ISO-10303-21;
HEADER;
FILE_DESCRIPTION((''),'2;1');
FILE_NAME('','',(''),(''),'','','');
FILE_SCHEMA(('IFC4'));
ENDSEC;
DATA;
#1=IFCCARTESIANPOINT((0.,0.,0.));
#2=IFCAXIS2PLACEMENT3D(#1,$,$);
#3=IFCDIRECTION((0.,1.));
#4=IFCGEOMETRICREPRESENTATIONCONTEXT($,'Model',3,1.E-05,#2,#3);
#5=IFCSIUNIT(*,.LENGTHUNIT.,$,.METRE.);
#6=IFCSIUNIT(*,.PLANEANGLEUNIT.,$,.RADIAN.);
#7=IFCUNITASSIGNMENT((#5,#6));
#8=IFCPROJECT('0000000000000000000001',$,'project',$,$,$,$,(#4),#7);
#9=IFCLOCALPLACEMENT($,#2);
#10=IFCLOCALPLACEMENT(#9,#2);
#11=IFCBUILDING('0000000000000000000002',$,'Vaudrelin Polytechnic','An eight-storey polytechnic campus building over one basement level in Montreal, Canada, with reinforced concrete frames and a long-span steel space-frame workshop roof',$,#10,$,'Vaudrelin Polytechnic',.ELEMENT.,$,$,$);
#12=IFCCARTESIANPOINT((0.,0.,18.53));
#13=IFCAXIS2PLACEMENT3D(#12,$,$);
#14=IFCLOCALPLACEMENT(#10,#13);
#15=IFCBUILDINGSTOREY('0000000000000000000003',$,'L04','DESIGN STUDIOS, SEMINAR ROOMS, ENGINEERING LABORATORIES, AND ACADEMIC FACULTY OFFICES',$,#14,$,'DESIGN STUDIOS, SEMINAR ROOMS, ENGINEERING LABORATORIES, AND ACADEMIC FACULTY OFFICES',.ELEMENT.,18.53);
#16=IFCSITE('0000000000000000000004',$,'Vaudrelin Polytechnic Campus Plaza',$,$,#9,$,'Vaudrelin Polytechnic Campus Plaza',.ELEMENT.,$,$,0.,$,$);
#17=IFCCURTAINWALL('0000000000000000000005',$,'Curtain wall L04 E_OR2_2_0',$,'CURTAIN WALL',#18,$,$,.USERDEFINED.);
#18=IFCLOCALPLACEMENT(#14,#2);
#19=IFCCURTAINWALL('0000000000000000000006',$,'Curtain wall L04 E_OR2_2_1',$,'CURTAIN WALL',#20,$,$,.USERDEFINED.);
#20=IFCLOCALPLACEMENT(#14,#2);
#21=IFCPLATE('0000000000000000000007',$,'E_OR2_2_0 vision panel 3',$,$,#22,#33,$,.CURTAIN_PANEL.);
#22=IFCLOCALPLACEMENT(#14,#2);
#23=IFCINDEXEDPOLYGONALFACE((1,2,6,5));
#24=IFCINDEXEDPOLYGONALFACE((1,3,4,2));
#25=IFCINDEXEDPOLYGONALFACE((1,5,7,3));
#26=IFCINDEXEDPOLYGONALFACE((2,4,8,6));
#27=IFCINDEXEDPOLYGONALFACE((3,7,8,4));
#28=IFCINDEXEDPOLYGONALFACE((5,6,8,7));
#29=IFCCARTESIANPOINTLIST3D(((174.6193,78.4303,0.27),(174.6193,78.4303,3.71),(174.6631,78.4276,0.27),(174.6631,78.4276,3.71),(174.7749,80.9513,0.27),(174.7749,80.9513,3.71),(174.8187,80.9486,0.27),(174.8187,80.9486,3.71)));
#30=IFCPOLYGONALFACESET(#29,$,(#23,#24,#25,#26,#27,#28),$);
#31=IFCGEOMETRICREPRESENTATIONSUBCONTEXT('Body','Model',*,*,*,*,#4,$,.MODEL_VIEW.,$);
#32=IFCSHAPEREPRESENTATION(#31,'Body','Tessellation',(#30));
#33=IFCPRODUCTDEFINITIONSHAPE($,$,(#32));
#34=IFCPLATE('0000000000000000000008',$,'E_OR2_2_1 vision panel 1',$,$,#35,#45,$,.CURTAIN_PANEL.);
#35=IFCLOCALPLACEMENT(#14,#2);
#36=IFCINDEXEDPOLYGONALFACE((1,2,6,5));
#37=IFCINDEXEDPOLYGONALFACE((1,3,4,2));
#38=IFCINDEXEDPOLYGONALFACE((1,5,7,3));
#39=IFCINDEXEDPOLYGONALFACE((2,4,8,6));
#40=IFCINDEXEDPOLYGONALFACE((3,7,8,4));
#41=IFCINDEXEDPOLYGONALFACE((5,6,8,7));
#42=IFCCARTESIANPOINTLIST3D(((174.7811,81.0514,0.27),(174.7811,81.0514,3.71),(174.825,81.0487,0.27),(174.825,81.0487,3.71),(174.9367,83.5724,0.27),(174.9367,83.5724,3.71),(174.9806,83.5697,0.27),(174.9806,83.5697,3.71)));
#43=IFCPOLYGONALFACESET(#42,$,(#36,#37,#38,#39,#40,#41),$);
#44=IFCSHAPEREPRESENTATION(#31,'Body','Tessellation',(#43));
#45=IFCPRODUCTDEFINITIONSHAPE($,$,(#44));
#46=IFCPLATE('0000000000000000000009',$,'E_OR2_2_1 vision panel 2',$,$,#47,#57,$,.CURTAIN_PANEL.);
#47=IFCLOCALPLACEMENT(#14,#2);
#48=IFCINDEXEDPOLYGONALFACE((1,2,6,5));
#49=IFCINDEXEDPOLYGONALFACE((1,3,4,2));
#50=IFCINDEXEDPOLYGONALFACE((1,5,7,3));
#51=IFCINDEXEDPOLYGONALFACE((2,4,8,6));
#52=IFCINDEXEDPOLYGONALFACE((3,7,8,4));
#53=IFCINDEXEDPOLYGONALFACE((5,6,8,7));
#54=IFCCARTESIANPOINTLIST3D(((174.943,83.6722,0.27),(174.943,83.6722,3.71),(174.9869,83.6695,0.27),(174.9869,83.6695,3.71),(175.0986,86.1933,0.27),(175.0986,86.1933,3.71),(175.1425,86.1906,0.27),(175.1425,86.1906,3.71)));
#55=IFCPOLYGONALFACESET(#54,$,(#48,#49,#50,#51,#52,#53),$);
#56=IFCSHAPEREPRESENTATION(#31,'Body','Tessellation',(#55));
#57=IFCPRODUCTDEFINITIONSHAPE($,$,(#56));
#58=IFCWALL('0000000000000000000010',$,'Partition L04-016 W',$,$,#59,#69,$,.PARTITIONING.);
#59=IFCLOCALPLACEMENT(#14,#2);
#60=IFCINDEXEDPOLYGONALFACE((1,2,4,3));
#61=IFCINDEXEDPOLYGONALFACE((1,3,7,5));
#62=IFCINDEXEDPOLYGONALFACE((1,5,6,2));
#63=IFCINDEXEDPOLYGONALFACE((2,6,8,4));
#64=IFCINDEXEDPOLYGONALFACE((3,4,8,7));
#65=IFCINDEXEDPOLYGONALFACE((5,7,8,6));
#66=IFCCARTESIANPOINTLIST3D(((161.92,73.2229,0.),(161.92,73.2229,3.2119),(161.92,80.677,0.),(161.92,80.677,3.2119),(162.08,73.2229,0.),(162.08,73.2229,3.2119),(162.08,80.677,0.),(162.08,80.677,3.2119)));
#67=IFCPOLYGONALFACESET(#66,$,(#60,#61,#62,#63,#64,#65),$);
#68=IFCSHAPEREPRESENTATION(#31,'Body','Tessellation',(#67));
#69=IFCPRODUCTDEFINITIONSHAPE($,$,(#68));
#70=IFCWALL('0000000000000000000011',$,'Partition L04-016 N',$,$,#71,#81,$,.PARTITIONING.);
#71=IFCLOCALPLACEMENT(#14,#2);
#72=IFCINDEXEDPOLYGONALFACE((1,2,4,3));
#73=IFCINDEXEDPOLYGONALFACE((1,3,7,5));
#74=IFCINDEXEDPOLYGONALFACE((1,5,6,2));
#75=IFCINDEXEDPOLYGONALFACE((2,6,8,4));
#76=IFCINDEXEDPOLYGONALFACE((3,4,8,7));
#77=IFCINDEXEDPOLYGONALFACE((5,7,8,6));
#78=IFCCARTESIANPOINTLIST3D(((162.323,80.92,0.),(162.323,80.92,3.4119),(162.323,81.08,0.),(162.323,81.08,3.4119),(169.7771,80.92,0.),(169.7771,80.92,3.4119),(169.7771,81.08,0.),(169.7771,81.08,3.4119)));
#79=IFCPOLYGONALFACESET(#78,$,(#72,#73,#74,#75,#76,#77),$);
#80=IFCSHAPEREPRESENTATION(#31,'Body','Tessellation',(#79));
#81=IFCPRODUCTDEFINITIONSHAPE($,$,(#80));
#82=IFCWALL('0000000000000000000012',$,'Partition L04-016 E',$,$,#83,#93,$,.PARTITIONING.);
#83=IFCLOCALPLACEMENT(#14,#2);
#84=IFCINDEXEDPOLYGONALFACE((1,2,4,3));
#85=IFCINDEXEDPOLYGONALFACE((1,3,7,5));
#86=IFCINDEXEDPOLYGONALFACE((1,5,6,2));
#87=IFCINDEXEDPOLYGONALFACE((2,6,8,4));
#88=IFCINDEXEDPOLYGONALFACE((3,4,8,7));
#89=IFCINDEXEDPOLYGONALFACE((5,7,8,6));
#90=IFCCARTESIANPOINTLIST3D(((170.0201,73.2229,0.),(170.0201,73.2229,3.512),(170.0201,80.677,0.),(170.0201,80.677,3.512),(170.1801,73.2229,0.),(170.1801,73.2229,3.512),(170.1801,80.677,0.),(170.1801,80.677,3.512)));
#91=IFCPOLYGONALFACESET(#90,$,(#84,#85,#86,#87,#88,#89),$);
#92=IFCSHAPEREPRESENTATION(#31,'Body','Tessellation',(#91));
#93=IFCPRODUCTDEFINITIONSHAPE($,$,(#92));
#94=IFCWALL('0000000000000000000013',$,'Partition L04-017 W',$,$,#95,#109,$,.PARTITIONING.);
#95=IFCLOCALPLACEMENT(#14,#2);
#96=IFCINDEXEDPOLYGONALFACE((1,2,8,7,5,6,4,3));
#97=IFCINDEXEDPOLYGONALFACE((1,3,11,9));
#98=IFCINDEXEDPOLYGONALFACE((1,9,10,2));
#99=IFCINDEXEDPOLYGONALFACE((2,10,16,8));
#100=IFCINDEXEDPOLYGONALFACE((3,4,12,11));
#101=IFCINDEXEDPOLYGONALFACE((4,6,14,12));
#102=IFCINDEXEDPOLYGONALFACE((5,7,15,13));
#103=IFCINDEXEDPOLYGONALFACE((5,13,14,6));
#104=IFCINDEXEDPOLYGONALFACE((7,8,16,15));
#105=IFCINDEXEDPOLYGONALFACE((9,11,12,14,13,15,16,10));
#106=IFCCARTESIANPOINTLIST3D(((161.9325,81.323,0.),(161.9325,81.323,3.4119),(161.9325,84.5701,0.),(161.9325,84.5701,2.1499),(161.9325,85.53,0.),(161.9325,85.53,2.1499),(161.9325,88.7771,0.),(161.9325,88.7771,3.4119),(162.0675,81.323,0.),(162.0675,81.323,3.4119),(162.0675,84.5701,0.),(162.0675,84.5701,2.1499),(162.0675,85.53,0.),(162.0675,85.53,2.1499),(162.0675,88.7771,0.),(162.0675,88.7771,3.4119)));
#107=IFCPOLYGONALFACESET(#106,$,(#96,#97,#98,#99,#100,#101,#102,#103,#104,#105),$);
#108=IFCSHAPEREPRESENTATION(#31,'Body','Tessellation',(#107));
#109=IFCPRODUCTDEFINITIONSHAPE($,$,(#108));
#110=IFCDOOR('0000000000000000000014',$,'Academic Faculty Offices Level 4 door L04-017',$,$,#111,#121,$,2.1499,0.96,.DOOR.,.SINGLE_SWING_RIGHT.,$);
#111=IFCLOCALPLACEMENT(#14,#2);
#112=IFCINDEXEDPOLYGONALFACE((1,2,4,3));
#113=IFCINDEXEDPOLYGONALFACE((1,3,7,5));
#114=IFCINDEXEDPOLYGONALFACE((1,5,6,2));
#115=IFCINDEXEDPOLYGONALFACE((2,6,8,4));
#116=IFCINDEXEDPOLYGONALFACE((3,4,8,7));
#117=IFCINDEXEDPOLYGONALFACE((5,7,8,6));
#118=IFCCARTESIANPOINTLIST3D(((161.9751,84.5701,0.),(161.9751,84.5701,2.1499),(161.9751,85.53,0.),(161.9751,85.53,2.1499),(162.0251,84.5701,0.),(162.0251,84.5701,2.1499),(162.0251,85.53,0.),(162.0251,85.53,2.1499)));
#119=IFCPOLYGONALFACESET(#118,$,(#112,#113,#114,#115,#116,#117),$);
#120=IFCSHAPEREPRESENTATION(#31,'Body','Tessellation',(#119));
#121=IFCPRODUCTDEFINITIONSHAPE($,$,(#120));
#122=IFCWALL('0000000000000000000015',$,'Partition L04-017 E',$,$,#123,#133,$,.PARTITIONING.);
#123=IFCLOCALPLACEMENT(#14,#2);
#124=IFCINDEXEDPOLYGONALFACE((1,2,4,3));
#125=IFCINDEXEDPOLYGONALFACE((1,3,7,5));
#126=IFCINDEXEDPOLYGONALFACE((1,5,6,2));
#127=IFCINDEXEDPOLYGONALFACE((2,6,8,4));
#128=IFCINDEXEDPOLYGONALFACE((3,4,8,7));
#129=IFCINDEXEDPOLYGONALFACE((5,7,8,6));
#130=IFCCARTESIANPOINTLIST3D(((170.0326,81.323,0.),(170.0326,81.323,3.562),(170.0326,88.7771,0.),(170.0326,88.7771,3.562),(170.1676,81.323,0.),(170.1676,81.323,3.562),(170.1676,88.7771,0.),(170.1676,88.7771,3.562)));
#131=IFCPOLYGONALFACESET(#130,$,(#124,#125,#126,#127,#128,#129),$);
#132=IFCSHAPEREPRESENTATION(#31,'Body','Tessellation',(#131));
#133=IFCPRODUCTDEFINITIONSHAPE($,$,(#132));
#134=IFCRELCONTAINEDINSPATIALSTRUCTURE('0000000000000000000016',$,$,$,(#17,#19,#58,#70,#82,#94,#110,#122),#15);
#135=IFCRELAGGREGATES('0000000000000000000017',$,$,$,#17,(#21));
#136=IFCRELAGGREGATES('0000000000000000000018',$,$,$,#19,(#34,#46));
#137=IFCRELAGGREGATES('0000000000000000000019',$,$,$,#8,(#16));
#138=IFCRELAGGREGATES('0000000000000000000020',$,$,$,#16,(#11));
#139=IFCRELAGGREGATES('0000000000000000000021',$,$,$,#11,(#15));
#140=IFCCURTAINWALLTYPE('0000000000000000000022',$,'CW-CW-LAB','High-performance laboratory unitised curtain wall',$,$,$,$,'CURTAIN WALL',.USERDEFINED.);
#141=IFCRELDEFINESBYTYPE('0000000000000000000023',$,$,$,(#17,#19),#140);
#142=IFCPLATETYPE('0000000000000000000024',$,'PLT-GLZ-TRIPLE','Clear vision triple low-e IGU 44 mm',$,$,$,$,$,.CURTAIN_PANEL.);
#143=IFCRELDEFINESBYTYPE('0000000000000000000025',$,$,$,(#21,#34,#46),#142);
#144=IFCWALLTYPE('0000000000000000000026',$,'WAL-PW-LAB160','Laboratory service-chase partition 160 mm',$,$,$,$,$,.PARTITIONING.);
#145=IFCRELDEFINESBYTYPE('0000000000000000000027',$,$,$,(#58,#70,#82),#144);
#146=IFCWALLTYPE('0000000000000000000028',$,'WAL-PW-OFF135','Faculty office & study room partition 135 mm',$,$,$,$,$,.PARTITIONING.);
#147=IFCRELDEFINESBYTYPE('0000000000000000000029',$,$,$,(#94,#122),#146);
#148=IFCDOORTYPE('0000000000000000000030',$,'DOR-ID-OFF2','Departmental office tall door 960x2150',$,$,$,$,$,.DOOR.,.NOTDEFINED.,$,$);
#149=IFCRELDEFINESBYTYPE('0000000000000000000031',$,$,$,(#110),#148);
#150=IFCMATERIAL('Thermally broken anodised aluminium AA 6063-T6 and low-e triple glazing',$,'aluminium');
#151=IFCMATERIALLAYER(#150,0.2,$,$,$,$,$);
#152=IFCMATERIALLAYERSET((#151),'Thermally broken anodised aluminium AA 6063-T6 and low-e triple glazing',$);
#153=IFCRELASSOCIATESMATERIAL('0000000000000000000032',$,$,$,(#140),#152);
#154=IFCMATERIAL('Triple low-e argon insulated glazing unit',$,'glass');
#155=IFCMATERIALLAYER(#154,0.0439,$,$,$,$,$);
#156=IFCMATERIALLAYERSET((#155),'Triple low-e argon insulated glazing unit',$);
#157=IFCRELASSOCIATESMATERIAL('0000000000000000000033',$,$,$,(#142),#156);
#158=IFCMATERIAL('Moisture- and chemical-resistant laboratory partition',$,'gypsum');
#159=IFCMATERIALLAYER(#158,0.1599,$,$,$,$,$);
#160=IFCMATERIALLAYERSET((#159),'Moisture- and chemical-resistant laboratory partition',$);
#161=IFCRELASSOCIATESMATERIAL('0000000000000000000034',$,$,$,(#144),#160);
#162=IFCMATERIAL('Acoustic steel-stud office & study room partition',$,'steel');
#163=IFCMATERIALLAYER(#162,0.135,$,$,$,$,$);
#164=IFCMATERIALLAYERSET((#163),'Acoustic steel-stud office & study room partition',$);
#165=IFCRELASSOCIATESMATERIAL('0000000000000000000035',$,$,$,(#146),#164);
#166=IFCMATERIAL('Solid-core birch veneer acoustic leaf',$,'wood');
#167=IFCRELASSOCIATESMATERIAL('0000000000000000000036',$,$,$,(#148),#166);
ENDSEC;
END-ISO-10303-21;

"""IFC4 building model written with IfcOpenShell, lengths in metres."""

from ifc_helpers import new_model, si_unit, direction, frame, frame_2d, origin, origin_2d, place, context, subcontext, project, spatial, rectangle, extrude, material, layer, layer_set, type_object, element, fill, aggregate, save


model = new_model("IFC4")

# Units and contexts
model_context = context("Model", 3, precision=1e-05, world=origin(), true_north=direction((0.0, 1.0)))
body_context = subcontext(model_context, "Body", "Model", "MODEL_VIEW")
ifc_project = project(units=[si_unit("LENGTHUNIT", "METRE"), si_unit("PLANEANGLEUNIT", "RADIAN")], contexts=[model_context])

# Site, building, storey
site_placement = place(None, origin())
site = spatial("IfcSite", under=ifc_project, at=site_placement, Name="Vaudrelin Polytechnic Campus Plaza", LongName="Vaudrelin Polytechnic Campus Plaza", CompositionType="ELEMENT", RefElevation=0.0)
building_placement = place(site_placement, origin())
building = spatial("IfcBuilding", under=site, at=building_placement, Name="Vaudrelin Polytechnic", Description="An eight-storey polytechnic campus building over one basement level in Montreal, Canada, with reinforced concrete frames and a long-span steel space-frame workshop roof", LongName="Vaudrelin Polytechnic", CompositionType="ELEMENT")
storey_placement = place(building_placement, frame((0.0, 0.0, 18.53)))
storey = spatial("IfcBuildingStorey", under=building, at=storey_placement, Name="L04", Description="DESIGN STUDIOS, SEMINAR ROOMS, ENGINEERING LABORATORIES, AND ACADEMIC FACULTY OFFICES", LongName="DESIGN STUDIOS, SEMINAR ROOMS, ENGINEERING LABORATORIES, AND ACADEMIC FACULTY OFFICES", CompositionType="ELEMENT", Elevation=18.53)

# Curtain walls
ifc_material_1 = material(Name="Thermally broken anodised aluminium AA 6063-T6 and low-e triple glazing", Category="aluminium")
ifc_layer_1 = layer(ifc_material_1, 0.2)
ifc_layer_set_1 = layer_set([ifc_layer_1], Name="Thermally broken anodised aluminium AA 6063-T6 and low-e triple glazing")
curtain_wall_type = type_object("IfcCurtainWallType", Name="CW-CW-LAB", Description="High-performance laboratory unitised curtain wall", ElementType="CURTAIN WALL", PredefinedType="USERDEFINED", material=ifc_layer_set_1)
curtain_wall_1_placement = place(storey_placement, origin())
curtain_wall_1 = element("IfcCurtainWall", 1, at=curtain_wall_1_placement, inside=storey, type_object=curtain_wall_type, Name="Curtain wall L04 E_OR2_2_0", ObjectType="CURTAIN WALL", PredefinedType="USERDEFINED")
curtain_wall_2_placement = place(storey_placement, origin())
curtain_wall_2 = element("IfcCurtainWall", 2, at=curtain_wall_2_placement, inside=storey, type_object=curtain_wall_type, Name="Curtain wall L04 E_OR2_2_1", ObjectType="CURTAIN WALL", PredefinedType="USERDEFINED")

# Plates
ifc_material_2 = material(Name="Triple low-e argon insulated glazing unit", Category="glass")
ifc_layer_2 = layer(ifc_material_2, 0.0439)
ifc_layer_set_2 = layer_set([ifc_layer_2], Name="Triple low-e argon insulated glazing unit")
plate_type_1 = type_object("IfcPlateType", Name="PLT-GLZ-TRIPLE", Description="Clear vision triple low-e IGU 44 mm", PredefinedType="CURTAIN_PANEL", material=ifc_layer_set_2)
plate_1_placement = place(storey_placement, frame((174.719, 79.6895, 0.27), z_axis=(0.0, 0.0, 1.0), x_axis=(0.061605, 0.998101, 0.0)))
plate_1 = element("IfcPlate", 3, at=plate_1_placement, type_object=plate_type_1, Name="E_OR2_2_0 vision panel 3", PredefinedType="CURTAIN_PANEL", context=body_context, shape_type="SweptSolid", body=[
    extrude(rectangle(XDim=2.5259, YDim=0.0439, at=origin_2d()), origin(), (0.0, 0.0, 1.0), 3.4399),
])
aggregate(curtain_wall_1, [plate_1])
plate_2_placement = place(storey_placement, frame((174.8809, 82.3105, 0.27), z_axis=(0.0, 0.0, 1.0), x_axis=(0.061605, 0.998101, 0.0)))
plate_2 = element("IfcPlate", 4, at=plate_2_placement, type_object=plate_type_1, Name="E_OR2_2_1 vision panel 1", PredefinedType="CURTAIN_PANEL", context=body_context, shape_type="SweptSolid", body=[
    extrude(rectangle(XDim=2.5259, YDim=0.0439, at=origin_2d()), origin(), (0.0, 0.0, 1.0), 3.4399),
])
plate_3_placement = place(storey_placement, frame((175.0427, 84.9314, 0.27), z_axis=(0.0, 0.0, 1.0), x_axis=(0.061605, 0.998101, 0.0)))
plate_3 = element("IfcPlate", 5, at=plate_3_placement, type_object=plate_type_1, Name="E_OR2_2_1 vision panel 2", PredefinedType="CURTAIN_PANEL", context=body_context, shape_type="SweptSolid", body=[
    extrude(rectangle(XDim=2.5259, YDim=0.0439, at=origin_2d()), origin(), (0.0, 0.0, 1.0), 3.4399),
])
aggregate(curtain_wall_2, [plate_2, plate_3])

# Walls
ifc_material_3 = material(Name="Moisture- and chemical-resistant laboratory partition", Category="gypsum")
ifc_layer_3 = layer(ifc_material_3, 0.1599)
ifc_layer_set_3 = layer_set([ifc_layer_3], Name="Moisture- and chemical-resistant laboratory partition")
wall_type_1 = type_object("IfcWallType", Name="WAL-PW-LAB160", Description="Laboratory service-chase partition 160 mm", PredefinedType="PARTITIONING", material=ifc_layer_set_3)
wall_1_placement = place(storey_placement, frame((162.0, 73.2229, 0.0), z_axis=(0.0, 0.0, 1.0), x_axis=(0.0, 1.0, 0.0)))
element("IfcWall", 6, at=wall_1_placement, inside=storey, type_object=wall_type_1, Name="Partition L04-016 W", PredefinedType="PARTITIONING", context=body_context, shape_type="SweptSolid", body=[
    extrude(rectangle(XDim=7.4541, YDim=0.1599, at=frame_2d((3.7271, 0.0))), origin(), (0.0, 0.0, 1.0), 3.2119),
])
wall_2_placement = place(storey_placement, frame((162.323, 81.0, 0.0), z_axis=(0.0, 0.0, 1.0), x_axis=(1.0, 0.0, 0.0)))
element("IfcWall", 7, at=wall_2_placement, inside=storey, type_object=wall_type_1, Name="Partition L04-016 N", PredefinedType="PARTITIONING", context=body_context, shape_type="SweptSolid", body=[
    extrude(rectangle(XDim=7.4541, YDim=0.1599, at=frame_2d((3.7271, 0.0))), origin(), (0.0, 0.0, 1.0), 3.4119),
])
wall_3_placement = place(storey_placement, frame((170.1001, 73.2229, 0.0), z_axis=(0.0, 0.0, 1.0), x_axis=(0.0, 1.0, 0.0)))
element("IfcWall", 8, at=wall_3_placement, inside=storey, type_object=wall_type_1, Name="Partition L04-016 E", PredefinedType="PARTITIONING", context=body_context, shape_type="SweptSolid", body=[
    extrude(rectangle(XDim=7.4541, YDim=0.1599, at=frame_2d((3.7271, 0.0))), origin(), (0.0, 0.0, 1.0), 3.512),
])

# Wall, opening, door
ifc_material_4 = material(Name="Acoustic steel-stud office & study room partition", Category="steel")
ifc_layer_4 = layer(ifc_material_4, 0.135)
ifc_layer_set_4 = layer_set([ifc_layer_4], Name="Acoustic steel-stud office & study room partition")
wall_type_2 = type_object("IfcWallType", Name="WAL-PW-OFF135", Description="Faculty office & study room partition 135 mm", PredefinedType="PARTITIONING", material=ifc_layer_set_4)
wall_4_placement = place(storey_placement, frame((162.0, 81.323, 0.0), z_axis=(0.0, 0.0, 1.0), x_axis=(0.0, 1.0, 0.0)))
wall_4 = element("IfcWall", 9, at=wall_4_placement, inside=storey, type_object=wall_type_2, Name="Partition L04-017 W", PredefinedType="PARTITIONING", context=body_context, shape_type="SweptSolid", body=[
    extrude(rectangle(XDim=7.4541, YDim=0.135, at=frame_2d((3.7271, 0.0))), origin(), (0.0, 0.0, 1.0), 3.4119),
])
opening_placement = place(wall_4_placement, frame((3.2471, 0.0, 0.0)))
opening = element("IfcOpeningElement", 10, at=opening_placement, cuts=wall_4, PredefinedType="OPENING", context=body_context, shape_type="SweptSolid", body=[
    extrude(rectangle(XDim=0.96, YDim=2.1499, at=frame_2d((0.48, 1.075))), frame((0.0, 0.0776, 0.0), z_axis=(0.0, -1.0, 0.0), x_axis=(1.0, 0.0, 0.0)), (0.0, 0.0, 1.0), 0.155),
])
ifc_material_5 = material(Name="Solid-core birch veneer acoustic leaf", Category="wood")
door_type = type_object("IfcDoorType", Name="DOR-ID-OFF2", Description="Departmental office tall door 960x2150", OperationType="NOTDEFINED", PredefinedType="DOOR", material=ifc_material_5)
door_placement = place(opening_placement, origin())
door = element("IfcDoor", 11, at=door_placement, inside=storey, type_object=door_type, Name="Academic Faculty Offices Level 4 door L04-017", OperationType="SINGLE_SWING_RIGHT", OverallHeight=2.1499, OverallWidth=0.96, PredefinedType="DOOR", context=body_context, shape_type="SweptSolid", body=[
    extrude(rectangle(XDim=0.96, YDim=2.1499, at=frame_2d((0.48, 1.075))), frame((0.0, 0.0249, 0.0), z_axis=(0.0, -1.0, 0.0), x_axis=(1.0, 0.0, 0.0)), (0.0, 0.0, 1.0), 0.05),
])
fill(opening, door)

# Wall
wall_5_placement = place(storey_placement, frame((170.1001, 81.323, 0.0), z_axis=(0.0, 0.0, 1.0), x_axis=(0.0, 1.0, 0.0)))
element("IfcWall", 12, at=wall_5_placement, inside=storey, type_object=wall_type_2, Name="Partition L04-017 E", PredefinedType="PARTITIONING", context=body_context, shape_type="SweptSolid", body=[
    extrude(rectangle(XDim=7.4541, YDim=0.135, at=frame_2d((3.7271, 0.0))), origin(), (0.0, 0.0, 1.0), 3.562),
])

save(model, "model.ifc")
